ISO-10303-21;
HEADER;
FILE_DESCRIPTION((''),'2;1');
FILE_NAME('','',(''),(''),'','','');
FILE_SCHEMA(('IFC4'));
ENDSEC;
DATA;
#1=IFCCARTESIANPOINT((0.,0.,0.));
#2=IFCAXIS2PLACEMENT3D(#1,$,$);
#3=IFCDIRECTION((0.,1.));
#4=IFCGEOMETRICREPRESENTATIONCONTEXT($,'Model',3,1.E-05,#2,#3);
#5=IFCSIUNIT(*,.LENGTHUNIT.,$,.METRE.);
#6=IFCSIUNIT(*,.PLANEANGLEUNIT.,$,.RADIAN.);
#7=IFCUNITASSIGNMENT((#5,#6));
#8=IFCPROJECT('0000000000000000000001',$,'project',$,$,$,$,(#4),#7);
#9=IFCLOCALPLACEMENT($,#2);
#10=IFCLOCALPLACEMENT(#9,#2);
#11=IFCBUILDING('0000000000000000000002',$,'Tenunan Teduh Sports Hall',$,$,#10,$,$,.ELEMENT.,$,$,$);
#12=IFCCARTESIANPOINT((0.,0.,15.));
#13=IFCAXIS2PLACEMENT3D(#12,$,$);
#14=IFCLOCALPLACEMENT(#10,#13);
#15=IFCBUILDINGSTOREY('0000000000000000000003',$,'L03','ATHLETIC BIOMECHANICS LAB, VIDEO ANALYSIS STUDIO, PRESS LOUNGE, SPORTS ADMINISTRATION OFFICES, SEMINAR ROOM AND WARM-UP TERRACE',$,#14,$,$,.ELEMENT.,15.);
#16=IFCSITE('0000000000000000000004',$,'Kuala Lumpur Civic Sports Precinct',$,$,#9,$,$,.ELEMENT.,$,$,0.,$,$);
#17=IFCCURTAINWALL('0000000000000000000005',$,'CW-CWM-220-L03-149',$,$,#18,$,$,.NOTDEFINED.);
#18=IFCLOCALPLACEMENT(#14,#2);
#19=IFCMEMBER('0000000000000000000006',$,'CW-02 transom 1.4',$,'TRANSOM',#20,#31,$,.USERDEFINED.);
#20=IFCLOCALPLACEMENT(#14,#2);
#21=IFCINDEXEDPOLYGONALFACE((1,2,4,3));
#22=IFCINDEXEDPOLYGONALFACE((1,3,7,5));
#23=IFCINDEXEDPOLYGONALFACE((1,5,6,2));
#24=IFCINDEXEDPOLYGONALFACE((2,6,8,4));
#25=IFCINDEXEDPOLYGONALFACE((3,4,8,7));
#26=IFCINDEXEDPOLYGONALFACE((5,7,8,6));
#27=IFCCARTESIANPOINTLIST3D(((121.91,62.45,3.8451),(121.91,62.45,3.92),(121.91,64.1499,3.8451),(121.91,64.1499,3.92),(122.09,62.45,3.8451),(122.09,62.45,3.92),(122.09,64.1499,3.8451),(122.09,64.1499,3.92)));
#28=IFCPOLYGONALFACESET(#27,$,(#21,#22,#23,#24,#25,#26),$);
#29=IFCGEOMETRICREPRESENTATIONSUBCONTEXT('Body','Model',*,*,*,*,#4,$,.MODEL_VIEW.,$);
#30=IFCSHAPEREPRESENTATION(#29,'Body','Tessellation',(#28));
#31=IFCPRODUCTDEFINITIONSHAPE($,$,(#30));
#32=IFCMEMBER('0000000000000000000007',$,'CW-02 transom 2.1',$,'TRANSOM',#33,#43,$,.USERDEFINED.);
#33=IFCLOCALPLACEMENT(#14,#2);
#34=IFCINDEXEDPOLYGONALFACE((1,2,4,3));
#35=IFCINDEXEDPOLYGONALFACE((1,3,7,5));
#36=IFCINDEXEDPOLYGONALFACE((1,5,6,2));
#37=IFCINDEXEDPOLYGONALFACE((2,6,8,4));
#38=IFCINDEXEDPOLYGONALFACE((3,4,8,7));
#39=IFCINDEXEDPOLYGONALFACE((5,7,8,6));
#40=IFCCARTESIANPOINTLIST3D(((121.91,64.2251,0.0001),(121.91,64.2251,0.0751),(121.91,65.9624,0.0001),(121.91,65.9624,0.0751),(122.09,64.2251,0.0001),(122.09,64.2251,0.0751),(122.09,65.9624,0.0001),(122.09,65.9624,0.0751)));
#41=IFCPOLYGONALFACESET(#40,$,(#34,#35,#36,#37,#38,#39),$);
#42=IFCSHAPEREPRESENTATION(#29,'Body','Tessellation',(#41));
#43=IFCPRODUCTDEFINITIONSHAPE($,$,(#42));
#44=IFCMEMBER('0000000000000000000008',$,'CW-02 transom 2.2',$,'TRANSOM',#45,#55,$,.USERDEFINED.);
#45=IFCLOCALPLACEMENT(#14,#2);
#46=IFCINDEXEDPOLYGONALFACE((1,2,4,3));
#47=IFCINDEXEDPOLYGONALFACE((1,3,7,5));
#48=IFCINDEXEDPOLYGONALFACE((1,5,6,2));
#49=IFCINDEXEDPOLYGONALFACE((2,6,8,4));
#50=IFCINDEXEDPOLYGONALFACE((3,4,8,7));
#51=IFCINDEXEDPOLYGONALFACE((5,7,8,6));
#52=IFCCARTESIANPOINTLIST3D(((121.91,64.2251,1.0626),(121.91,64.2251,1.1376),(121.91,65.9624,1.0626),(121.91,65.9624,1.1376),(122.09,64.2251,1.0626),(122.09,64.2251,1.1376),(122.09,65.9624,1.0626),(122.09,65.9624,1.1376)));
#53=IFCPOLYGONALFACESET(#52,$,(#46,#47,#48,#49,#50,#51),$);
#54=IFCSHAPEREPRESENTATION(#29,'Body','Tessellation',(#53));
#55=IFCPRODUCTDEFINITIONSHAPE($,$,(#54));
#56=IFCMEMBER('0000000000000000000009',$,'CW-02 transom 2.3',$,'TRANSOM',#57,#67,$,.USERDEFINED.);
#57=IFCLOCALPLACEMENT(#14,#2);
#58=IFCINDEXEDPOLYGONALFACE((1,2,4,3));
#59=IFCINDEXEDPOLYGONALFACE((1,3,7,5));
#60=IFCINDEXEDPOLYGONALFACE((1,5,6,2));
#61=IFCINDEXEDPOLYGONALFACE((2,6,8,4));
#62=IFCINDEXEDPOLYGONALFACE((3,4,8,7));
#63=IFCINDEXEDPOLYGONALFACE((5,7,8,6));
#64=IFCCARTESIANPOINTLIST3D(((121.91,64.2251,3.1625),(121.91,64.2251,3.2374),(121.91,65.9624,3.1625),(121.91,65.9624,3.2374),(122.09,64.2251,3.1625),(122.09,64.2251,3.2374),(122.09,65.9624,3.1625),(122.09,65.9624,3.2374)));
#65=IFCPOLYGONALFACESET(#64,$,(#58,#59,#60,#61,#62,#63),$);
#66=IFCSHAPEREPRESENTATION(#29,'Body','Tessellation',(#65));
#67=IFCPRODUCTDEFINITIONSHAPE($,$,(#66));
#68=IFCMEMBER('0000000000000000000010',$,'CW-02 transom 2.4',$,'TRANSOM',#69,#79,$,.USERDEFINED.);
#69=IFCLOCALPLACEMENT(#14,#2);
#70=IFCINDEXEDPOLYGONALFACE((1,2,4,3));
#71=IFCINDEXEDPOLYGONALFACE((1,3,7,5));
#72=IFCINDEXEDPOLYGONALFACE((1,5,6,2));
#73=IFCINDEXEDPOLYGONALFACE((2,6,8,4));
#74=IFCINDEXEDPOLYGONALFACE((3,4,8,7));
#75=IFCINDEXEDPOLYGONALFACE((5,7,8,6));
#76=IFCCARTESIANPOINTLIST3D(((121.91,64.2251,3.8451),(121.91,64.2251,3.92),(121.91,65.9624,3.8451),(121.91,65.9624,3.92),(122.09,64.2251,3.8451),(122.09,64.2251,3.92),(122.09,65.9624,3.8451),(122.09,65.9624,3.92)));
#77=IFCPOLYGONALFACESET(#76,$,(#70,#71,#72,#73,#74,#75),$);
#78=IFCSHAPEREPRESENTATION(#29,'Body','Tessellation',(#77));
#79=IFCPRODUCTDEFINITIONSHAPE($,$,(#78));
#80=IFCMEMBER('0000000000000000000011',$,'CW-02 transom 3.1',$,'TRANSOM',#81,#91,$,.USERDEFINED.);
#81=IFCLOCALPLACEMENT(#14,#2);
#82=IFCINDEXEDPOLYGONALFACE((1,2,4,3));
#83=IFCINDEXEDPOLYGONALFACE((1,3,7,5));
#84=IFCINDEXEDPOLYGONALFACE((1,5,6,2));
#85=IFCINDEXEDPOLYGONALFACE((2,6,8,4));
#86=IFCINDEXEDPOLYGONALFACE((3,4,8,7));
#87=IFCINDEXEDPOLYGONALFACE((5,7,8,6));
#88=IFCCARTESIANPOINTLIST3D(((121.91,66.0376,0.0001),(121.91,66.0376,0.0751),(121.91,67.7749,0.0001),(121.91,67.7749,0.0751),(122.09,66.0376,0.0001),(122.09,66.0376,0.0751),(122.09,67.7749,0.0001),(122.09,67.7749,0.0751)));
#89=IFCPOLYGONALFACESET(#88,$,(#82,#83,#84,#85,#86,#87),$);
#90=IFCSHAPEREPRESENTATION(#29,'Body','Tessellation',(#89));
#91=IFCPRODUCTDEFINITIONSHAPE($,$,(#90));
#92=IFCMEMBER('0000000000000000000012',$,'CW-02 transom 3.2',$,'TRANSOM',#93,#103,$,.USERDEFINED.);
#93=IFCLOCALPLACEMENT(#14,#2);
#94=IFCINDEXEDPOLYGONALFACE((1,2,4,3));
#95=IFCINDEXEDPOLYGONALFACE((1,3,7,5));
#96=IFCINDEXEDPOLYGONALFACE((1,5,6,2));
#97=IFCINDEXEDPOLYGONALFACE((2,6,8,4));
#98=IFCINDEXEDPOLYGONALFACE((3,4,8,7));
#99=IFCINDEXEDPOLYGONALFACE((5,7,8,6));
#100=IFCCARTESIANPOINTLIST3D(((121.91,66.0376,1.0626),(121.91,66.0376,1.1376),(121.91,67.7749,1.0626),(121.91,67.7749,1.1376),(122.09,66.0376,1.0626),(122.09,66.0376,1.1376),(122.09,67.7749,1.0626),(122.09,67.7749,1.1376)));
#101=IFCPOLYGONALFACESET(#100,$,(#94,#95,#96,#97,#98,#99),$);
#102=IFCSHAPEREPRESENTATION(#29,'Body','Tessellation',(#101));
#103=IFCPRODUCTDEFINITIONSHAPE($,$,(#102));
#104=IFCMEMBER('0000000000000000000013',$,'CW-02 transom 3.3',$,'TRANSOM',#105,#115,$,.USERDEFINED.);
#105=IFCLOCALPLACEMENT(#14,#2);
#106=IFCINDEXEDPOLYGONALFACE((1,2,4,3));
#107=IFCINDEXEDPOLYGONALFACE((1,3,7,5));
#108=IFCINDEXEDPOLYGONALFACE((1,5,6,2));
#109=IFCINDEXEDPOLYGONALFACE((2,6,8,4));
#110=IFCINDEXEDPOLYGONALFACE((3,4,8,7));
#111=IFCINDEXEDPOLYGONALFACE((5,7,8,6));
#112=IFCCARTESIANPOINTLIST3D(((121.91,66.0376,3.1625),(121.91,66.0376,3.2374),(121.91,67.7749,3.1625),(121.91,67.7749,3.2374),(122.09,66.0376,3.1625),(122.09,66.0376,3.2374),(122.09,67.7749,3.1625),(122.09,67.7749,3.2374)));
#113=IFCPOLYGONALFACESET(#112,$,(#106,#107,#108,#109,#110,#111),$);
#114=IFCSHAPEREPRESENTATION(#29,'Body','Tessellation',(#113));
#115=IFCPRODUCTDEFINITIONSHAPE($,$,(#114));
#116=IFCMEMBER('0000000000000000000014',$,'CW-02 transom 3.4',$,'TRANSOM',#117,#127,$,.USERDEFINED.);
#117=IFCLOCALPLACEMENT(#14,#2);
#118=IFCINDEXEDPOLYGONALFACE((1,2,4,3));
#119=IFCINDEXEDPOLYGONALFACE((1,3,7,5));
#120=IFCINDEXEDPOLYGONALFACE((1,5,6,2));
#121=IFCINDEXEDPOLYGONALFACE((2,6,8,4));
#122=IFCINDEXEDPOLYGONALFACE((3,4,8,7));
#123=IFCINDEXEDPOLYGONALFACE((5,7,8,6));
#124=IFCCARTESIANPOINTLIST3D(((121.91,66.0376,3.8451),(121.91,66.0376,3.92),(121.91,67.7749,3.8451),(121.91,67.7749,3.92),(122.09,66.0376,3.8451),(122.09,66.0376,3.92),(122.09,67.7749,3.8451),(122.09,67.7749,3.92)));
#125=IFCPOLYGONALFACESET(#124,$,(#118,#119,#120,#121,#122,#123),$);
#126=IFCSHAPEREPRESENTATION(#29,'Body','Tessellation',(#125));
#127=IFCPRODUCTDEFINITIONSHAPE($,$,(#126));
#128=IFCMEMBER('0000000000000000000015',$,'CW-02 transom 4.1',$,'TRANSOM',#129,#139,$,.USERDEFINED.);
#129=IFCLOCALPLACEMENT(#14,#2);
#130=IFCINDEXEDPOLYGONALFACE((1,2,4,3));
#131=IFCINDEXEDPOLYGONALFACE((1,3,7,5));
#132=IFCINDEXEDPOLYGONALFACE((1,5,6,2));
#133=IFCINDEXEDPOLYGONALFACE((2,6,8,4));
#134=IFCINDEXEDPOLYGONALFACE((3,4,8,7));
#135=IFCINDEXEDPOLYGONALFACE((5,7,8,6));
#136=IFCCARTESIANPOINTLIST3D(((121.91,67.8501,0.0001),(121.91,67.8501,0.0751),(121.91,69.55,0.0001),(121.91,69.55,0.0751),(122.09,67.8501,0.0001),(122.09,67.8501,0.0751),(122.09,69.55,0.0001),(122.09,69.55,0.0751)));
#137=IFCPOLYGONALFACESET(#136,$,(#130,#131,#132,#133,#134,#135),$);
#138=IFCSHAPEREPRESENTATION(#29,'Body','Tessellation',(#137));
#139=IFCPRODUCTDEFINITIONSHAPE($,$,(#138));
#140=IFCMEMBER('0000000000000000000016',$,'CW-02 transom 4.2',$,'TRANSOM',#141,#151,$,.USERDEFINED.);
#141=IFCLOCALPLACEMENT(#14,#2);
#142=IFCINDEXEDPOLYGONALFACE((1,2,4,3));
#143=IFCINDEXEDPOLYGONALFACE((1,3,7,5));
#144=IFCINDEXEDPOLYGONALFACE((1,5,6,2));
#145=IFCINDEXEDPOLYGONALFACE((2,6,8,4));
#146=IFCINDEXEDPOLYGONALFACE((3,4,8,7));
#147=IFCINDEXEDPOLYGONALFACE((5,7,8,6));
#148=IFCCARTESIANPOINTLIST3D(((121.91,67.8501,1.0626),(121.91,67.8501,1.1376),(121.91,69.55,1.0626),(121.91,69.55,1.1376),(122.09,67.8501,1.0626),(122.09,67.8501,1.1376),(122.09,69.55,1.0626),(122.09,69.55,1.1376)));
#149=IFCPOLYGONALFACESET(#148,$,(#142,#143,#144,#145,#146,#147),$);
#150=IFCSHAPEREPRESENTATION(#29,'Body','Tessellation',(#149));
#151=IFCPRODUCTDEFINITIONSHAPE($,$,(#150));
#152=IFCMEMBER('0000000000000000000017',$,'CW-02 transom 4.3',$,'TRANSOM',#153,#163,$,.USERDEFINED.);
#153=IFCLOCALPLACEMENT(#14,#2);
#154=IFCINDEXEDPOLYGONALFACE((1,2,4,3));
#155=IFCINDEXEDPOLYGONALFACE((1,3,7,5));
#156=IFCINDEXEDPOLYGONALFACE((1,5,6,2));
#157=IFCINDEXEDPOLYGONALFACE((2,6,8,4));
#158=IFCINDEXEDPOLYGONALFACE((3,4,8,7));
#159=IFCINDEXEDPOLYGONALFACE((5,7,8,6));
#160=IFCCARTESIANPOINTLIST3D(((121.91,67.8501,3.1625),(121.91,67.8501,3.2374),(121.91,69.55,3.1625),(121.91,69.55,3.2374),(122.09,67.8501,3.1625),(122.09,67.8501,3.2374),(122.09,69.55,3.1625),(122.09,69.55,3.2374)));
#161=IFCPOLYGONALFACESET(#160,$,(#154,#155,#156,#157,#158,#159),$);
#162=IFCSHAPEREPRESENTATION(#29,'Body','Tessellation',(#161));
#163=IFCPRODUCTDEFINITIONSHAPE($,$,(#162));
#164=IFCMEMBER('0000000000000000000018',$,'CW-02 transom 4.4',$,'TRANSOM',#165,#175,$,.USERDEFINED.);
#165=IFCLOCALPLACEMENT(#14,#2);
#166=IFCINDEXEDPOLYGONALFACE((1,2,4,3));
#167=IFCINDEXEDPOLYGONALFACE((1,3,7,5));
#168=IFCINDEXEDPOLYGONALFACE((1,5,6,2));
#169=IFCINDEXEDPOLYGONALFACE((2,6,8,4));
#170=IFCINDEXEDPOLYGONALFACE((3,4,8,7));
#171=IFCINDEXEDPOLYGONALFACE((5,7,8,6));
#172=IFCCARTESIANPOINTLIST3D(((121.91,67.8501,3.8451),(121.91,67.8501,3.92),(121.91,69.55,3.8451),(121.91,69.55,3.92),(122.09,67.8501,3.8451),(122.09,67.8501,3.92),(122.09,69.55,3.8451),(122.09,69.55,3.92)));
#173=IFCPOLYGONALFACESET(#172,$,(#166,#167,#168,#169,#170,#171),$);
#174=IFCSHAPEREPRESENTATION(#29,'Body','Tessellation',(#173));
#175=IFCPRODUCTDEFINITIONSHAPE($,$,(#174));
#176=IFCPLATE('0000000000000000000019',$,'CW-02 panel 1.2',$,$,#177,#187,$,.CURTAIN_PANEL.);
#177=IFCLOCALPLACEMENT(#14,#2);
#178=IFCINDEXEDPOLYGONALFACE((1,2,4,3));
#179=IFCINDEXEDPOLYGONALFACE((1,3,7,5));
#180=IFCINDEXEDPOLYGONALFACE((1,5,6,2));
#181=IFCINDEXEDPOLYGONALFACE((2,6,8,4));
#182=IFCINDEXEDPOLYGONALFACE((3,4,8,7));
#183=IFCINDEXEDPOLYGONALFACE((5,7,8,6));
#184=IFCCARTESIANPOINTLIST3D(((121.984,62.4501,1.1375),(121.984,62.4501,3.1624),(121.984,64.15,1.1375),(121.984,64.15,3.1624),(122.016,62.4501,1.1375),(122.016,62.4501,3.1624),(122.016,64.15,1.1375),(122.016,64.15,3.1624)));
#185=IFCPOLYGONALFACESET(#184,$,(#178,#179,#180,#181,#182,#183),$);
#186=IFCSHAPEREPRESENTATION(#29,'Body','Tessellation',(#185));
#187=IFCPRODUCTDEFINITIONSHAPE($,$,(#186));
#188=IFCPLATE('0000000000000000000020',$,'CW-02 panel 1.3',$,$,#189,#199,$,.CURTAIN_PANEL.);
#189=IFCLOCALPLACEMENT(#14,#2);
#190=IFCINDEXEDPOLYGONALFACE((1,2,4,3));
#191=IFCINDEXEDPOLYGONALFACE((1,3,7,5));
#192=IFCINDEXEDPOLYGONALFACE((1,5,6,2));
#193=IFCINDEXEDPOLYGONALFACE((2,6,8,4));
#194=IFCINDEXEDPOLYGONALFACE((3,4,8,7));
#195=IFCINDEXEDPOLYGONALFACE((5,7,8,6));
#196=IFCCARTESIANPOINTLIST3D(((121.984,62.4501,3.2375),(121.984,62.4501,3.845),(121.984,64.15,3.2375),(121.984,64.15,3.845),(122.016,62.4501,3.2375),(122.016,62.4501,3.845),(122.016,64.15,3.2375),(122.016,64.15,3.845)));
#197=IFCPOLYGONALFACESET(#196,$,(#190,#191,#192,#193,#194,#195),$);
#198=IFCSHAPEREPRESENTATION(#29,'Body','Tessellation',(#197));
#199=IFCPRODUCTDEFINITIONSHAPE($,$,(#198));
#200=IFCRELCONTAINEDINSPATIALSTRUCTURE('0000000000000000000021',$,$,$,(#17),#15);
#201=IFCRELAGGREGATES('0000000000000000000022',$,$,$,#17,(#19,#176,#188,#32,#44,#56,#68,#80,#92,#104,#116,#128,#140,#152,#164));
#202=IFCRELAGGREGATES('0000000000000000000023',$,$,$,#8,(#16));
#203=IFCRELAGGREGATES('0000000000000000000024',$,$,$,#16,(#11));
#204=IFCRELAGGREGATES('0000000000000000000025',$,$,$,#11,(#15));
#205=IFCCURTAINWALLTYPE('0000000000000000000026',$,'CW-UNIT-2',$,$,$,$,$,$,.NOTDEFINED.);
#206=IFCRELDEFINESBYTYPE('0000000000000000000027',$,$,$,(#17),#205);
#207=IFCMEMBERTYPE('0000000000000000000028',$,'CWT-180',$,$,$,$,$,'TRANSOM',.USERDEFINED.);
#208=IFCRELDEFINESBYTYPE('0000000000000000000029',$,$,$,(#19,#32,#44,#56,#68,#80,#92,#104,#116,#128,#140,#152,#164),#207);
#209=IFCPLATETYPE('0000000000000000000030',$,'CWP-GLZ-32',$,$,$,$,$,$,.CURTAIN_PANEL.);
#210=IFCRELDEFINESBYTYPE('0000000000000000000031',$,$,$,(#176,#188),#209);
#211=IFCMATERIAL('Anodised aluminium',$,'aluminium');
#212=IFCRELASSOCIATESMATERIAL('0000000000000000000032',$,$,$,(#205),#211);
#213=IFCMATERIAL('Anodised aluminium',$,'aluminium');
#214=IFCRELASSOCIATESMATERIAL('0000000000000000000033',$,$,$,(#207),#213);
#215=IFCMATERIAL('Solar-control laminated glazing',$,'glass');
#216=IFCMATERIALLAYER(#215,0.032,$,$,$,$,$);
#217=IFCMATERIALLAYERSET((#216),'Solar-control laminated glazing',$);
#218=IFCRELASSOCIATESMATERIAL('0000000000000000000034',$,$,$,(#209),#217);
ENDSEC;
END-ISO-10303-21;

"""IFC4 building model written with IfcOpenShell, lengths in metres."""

from ifc_helpers import new_model, si_unit, direction, frame, origin, origin_2d, place, context, subcontext, project, spatial, rectangle, extrude, material, layer, layer_set, material_profile, profile_set, type_object, element, aggregate, save


model = new_model("IFC4")

# Units and contexts
model_context = context("Model", 3, precision=1e-05, world=origin(), true_north=direction((0.0, 1.0)))
body_context = subcontext(model_context, "Body", "Model", "MODEL_VIEW")
ifc_project = project(units=[si_unit("LENGTHUNIT", "METRE"), si_unit("PLANEANGLEUNIT", "RADIAN")], contexts=[model_context])

# Site, building, storey
site_placement = place(None, origin())
site = spatial("IfcSite", under=ifc_project, at=site_placement, Name="Kuala Lumpur Civic Sports Precinct", CompositionType="ELEMENT", RefElevation=0.0)
building_placement = place(site_placement, origin())
building = spatial("IfcBuilding", under=site, at=building_placement, Name="Tenunan Teduh Sports Hall", CompositionType="ELEMENT")
storey_placement = place(building_placement, frame((0.0, 0.0, 15.0)))
storey = spatial("IfcBuildingStorey", under=building, at=storey_placement, Name="L03", Description="ATHLETIC BIOMECHANICS LAB, VIDEO ANALYSIS STUDIO, PRESS LOUNGE, SPORTS ADMINISTRATION OFFICES, SEMINAR ROOM AND WARM-UP TERRACE", CompositionType="ELEMENT", Elevation=15.0)

# Shared definitions
ifc_material_1 = material(Name="Anodised aluminium", Category="aluminium")
curtain_wall_type = type_object("IfcCurtainWallType", Name="CW-UNIT-2", PredefinedType="NOTDEFINED", material=ifc_material_1)

# Curtain wall
curtain_wall_1_placement = place(storey_placement, origin())
curtain_wall_1 = element("IfcCurtainWall", 1, at=curtain_wall_1_placement, inside=storey, type_object=curtain_wall_type, Name="CW-CWM-220-L03-149", PredefinedType="NOTDEFINED")

# Members
ifc_material_2 = material(Name="Anodised aluminium", Category="aluminium")
ifc_material_profile_1 = material_profile(ifc_material_2, rectangle(XDim=0.075, YDim=0.1799, at=origin_2d()), Name="CWT 75x180")
ifc_profile_set_1 = profile_set([ifc_material_profile_1], Name="Anodised aluminium")
member_type_1 = type_object("IfcMemberType", Name="CWT-180", ElementType="TRANSOM", PredefinedType="USERDEFINED", material=ifc_profile_set_1)
member_1_placement = place(storey_placement, frame((122.0, 62.45, 3.8826), z_axis=(0.0, 1.0, 0.0), x_axis=(0.0, 0.0, 1.0)))
member_1 = element("IfcMember", 2, at=member_1_placement, type_object=member_type_1, Name="CW-02 transom 1.4", ObjectType="TRANSOM", PredefinedType="USERDEFINED", context=body_context, shape_type="SweptSolid", body=[
    extrude(rectangle(XDim=0.075, YDim=0.1799, at=origin_2d()), origin(), (0.0, 0.0, 1.0), 1.7),
])
member_2_placement = place(storey_placement, frame((122.0, 64.2251, 0.0376), z_axis=(0.0, 1.0, 0.0), x_axis=(0.0, 0.0, 1.0)))
member_2 = element("IfcMember", 3, at=member_2_placement, type_object=member_type_1, Name="CW-02 transom 2.1", ObjectType="TRANSOM", PredefinedType="USERDEFINED", context=body_context, shape_type="SweptSolid", body=[
    extrude(rectangle(XDim=0.075, YDim=0.1799, at=origin_2d()), origin(), (0.0, 0.0, 1.0), 1.7373),
])
member_3_placement = place(storey_placement, frame((122.0, 64.2251, 1.1001), z_axis=(0.0, 1.0, 0.0), x_axis=(0.0, 0.0, 1.0)))
member_3 = element("IfcMember", 4, at=member_3_placement, type_object=member_type_1, Name="CW-02 transom 2.2", ObjectType="TRANSOM", PredefinedType="USERDEFINED", context=body_context, shape_type="SweptSolid", body=[
    extrude(rectangle(XDim=0.075, YDim=0.1799, at=origin_2d()), origin(), (0.0, 0.0, 1.0), 1.7373),
])
member_4_placement = place(storey_placement, frame((122.0, 64.2251, 3.2), z_axis=(0.0, 1.0, 0.0), x_axis=(0.0, 0.0, 1.0)))
member_4 = element("IfcMember", 5, at=member_4_placement, type_object=member_type_1, Name="CW-02 transom 2.3", ObjectType="TRANSOM", PredefinedType="USERDEFINED", context=body_context, shape_type="SweptSolid", body=[
    extrude(rectangle(XDim=0.075, YDim=0.1799, at=origin_2d()), origin(), (0.0, 0.0, 1.0), 1.7373),
])
member_5_placement = place(storey_placement, frame((122.0, 64.2251, 3.8826), z_axis=(0.0, 1.0, 0.0), x_axis=(0.0, 0.0, 1.0)))
member_5 = element("IfcMember", 6, at=member_5_placement, type_object=member_type_1, Name="CW-02 transom 2.4", ObjectType="TRANSOM", PredefinedType="USERDEFINED", context=body_context, shape_type="SweptSolid", body=[
    extrude(rectangle(XDim=0.075, YDim=0.1799, at=origin_2d()), origin(), (0.0, 0.0, 1.0), 1.7373),
])
member_6_placement = place(storey_placement, frame((122.0, 66.0376, 0.0376), z_axis=(0.0, 1.0, 0.0), x_axis=(0.0, 0.0, 1.0)))
member_6 = element("IfcMember", 7, at=member_6_placement, type_object=member_type_1, Name="CW-02 transom 3.1", ObjectType="TRANSOM", PredefinedType="USERDEFINED", context=body_context, shape_type="SweptSolid", body=[
    extrude(rectangle(XDim=0.075, YDim=0.1799, at=origin_2d()), origin(), (0.0, 0.0, 1.0), 1.7373),
])
member_7_placement = place(storey_placement, frame((122.0, 66.0376, 1.1001), z_axis=(0.0, 1.0, 0.0), x_axis=(0.0, 0.0, 1.0)))
member_7 = element("IfcMember", 8, at=member_7_placement, type_object=member_type_1, Name="CW-02 transom 3.2", ObjectType="TRANSOM", PredefinedType="USERDEFINED", context=body_context, shape_type="SweptSolid", body=[
    extrude(rectangle(XDim=0.075, YDim=0.1799, at=origin_2d()), origin(), (0.0, 0.0, 1.0), 1.7373),
])
member_8_placement = place(storey_placement, frame((122.0, 66.0376, 3.2), z_axis=(0.0, 1.0, 0.0), x_axis=(0.0, 0.0, 1.0)))
member_8 = element("IfcMember", 9, at=member_8_placement, type_object=member_type_1, Name="CW-02 transom 3.3", ObjectType="TRANSOM", PredefinedType="USERDEFINED", context=body_context, shape_type="SweptSolid", body=[
    extrude(rectangle(XDim=0.075, YDim=0.1799, at=origin_2d()), origin(), (0.0, 0.0, 1.0), 1.7373),
])
member_9_placement = place(storey_placement, frame((122.0, 66.0376, 3.8826), z_axis=(0.0, 1.0, 0.0), x_axis=(0.0, 0.0, 1.0)))
member_9 = element("IfcMember", 10, at=member_9_placement, type_object=member_type_1, Name="CW-02 transom 3.4", ObjectType="TRANSOM", PredefinedType="USERDEFINED", context=body_context, shape_type="SweptSolid", body=[
    extrude(rectangle(XDim=0.075, YDim=0.1799, at=origin_2d()), origin(), (0.0, 0.0, 1.0), 1.7373),
])
member_10_placement = place(storey_placement, frame((122.0, 67.8501, 0.0376), z_axis=(0.0, 1.0, 0.0), x_axis=(0.0, 0.0, 1.0)))
member_10 = element("IfcMember", 11, at=member_10_placement, type_object=member_type_1, Name="CW-02 transom 4.1", ObjectType="TRANSOM", PredefinedType="USERDEFINED", context=body_context, shape_type="SweptSolid", body=[
    extrude(rectangle(XDim=0.075, YDim=0.1799, at=origin_2d()), origin(), (0.0, 0.0, 1.0), 1.7),
])
member_11_placement = place(storey_placement, frame((122.0, 67.8501, 1.1001), z_axis=(0.0, 1.0, 0.0), x_axis=(0.0, 0.0, 1.0)))
member_11 = element("IfcMember", 12, at=member_11_placement, type_object=member_type_1, Name="CW-02 transom 4.2", ObjectType="TRANSOM", PredefinedType="USERDEFINED", context=body_context, shape_type="SweptSolid", body=[
    extrude(rectangle(XDim=0.075, YDim=0.1799, at=origin_2d()), origin(), (0.0, 0.0, 1.0), 1.7),
])
member_12_placement = place(storey_placement, frame((122.0, 67.8501, 3.2), z_axis=(0.0, 1.0, 0.0), x_axis=(0.0, 0.0, 1.0)))
member_12 = element("IfcMember", 13, at=member_12_placement, type_object=member_type_1, Name="CW-02 transom 4.3", ObjectType="TRANSOM", PredefinedType="USERDEFINED", context=body_context, shape_type="SweptSolid", body=[
    extrude(rectangle(XDim=0.075, YDim=0.1799, at=origin_2d()), origin(), (0.0, 0.0, 1.0), 1.7),
])
member_13_placement = place(storey_placement, frame((122.0, 67.8501, 3.8826), z_axis=(0.0, 1.0, 0.0), x_axis=(0.0, 0.0, 1.0)))
member_13 = element("IfcMember", 14, at=member_13_placement, type_object=member_type_1, Name="CW-02 transom 4.4", ObjectType="TRANSOM", PredefinedType="USERDEFINED", context=body_context, shape_type="SweptSolid", body=[
    extrude(rectangle(XDim=0.075, YDim=0.1799, at=origin_2d()), origin(), (0.0, 0.0, 1.0), 1.7),
])

# Plates
ifc_material_3 = material(Name="Solar-control laminated glazing", Category="glass")
ifc_layer_1 = layer(ifc_material_3, 0.032)
ifc_layer_set_1 = layer_set([ifc_layer_1], Name="Solar-control laminated glazing")
plate_type_1 = type_object("IfcPlateType", Name="CWP-GLZ-32", PredefinedType="CURTAIN_PANEL", material=ifc_layer_set_1)
plate_1_placement = place(storey_placement, frame((122.0, 63.3, 1.1375), z_axis=(0.0, 0.0, 1.0), x_axis=(0.0, 1.0, 0.0)))
plate_1 = element("IfcPlate", 15, at=plate_1_placement, type_object=plate_type_1, Name="CW-02 panel 1.2", PredefinedType="CURTAIN_PANEL", context=body_context, shape_type="SweptSolid", body=[
    extrude(rectangle(XDim=1.7, YDim=0.032, at=origin_2d()), origin(), (0.0, 0.0, 1.0), 2.0249),
])
plate_2_placement = place(storey_placement, frame((122.0, 63.3, 3.2375), z_axis=(0.0, 0.0, 1.0), x_axis=(0.0, 1.0, 0.0)))
plate_2 = element("IfcPlate", 16, at=plate_2_placement, type_object=plate_type_1, Name="CW-02 panel 1.3", PredefinedType="CURTAIN_PANEL", context=body_context, shape_type="SweptSolid", body=[
    extrude(rectangle(XDim=1.7, YDim=0.032, at=origin_2d()), origin(), (0.0, 0.0, 1.0), 0.6074),
])
aggregate(curtain_wall_1, [member_1, plate_1, plate_2, member_2, member_3, member_4, member_5, member_6, member_7, member_8, member_9, member_10, member_11, member_12, member_13])

save(model, "model.ifc")
